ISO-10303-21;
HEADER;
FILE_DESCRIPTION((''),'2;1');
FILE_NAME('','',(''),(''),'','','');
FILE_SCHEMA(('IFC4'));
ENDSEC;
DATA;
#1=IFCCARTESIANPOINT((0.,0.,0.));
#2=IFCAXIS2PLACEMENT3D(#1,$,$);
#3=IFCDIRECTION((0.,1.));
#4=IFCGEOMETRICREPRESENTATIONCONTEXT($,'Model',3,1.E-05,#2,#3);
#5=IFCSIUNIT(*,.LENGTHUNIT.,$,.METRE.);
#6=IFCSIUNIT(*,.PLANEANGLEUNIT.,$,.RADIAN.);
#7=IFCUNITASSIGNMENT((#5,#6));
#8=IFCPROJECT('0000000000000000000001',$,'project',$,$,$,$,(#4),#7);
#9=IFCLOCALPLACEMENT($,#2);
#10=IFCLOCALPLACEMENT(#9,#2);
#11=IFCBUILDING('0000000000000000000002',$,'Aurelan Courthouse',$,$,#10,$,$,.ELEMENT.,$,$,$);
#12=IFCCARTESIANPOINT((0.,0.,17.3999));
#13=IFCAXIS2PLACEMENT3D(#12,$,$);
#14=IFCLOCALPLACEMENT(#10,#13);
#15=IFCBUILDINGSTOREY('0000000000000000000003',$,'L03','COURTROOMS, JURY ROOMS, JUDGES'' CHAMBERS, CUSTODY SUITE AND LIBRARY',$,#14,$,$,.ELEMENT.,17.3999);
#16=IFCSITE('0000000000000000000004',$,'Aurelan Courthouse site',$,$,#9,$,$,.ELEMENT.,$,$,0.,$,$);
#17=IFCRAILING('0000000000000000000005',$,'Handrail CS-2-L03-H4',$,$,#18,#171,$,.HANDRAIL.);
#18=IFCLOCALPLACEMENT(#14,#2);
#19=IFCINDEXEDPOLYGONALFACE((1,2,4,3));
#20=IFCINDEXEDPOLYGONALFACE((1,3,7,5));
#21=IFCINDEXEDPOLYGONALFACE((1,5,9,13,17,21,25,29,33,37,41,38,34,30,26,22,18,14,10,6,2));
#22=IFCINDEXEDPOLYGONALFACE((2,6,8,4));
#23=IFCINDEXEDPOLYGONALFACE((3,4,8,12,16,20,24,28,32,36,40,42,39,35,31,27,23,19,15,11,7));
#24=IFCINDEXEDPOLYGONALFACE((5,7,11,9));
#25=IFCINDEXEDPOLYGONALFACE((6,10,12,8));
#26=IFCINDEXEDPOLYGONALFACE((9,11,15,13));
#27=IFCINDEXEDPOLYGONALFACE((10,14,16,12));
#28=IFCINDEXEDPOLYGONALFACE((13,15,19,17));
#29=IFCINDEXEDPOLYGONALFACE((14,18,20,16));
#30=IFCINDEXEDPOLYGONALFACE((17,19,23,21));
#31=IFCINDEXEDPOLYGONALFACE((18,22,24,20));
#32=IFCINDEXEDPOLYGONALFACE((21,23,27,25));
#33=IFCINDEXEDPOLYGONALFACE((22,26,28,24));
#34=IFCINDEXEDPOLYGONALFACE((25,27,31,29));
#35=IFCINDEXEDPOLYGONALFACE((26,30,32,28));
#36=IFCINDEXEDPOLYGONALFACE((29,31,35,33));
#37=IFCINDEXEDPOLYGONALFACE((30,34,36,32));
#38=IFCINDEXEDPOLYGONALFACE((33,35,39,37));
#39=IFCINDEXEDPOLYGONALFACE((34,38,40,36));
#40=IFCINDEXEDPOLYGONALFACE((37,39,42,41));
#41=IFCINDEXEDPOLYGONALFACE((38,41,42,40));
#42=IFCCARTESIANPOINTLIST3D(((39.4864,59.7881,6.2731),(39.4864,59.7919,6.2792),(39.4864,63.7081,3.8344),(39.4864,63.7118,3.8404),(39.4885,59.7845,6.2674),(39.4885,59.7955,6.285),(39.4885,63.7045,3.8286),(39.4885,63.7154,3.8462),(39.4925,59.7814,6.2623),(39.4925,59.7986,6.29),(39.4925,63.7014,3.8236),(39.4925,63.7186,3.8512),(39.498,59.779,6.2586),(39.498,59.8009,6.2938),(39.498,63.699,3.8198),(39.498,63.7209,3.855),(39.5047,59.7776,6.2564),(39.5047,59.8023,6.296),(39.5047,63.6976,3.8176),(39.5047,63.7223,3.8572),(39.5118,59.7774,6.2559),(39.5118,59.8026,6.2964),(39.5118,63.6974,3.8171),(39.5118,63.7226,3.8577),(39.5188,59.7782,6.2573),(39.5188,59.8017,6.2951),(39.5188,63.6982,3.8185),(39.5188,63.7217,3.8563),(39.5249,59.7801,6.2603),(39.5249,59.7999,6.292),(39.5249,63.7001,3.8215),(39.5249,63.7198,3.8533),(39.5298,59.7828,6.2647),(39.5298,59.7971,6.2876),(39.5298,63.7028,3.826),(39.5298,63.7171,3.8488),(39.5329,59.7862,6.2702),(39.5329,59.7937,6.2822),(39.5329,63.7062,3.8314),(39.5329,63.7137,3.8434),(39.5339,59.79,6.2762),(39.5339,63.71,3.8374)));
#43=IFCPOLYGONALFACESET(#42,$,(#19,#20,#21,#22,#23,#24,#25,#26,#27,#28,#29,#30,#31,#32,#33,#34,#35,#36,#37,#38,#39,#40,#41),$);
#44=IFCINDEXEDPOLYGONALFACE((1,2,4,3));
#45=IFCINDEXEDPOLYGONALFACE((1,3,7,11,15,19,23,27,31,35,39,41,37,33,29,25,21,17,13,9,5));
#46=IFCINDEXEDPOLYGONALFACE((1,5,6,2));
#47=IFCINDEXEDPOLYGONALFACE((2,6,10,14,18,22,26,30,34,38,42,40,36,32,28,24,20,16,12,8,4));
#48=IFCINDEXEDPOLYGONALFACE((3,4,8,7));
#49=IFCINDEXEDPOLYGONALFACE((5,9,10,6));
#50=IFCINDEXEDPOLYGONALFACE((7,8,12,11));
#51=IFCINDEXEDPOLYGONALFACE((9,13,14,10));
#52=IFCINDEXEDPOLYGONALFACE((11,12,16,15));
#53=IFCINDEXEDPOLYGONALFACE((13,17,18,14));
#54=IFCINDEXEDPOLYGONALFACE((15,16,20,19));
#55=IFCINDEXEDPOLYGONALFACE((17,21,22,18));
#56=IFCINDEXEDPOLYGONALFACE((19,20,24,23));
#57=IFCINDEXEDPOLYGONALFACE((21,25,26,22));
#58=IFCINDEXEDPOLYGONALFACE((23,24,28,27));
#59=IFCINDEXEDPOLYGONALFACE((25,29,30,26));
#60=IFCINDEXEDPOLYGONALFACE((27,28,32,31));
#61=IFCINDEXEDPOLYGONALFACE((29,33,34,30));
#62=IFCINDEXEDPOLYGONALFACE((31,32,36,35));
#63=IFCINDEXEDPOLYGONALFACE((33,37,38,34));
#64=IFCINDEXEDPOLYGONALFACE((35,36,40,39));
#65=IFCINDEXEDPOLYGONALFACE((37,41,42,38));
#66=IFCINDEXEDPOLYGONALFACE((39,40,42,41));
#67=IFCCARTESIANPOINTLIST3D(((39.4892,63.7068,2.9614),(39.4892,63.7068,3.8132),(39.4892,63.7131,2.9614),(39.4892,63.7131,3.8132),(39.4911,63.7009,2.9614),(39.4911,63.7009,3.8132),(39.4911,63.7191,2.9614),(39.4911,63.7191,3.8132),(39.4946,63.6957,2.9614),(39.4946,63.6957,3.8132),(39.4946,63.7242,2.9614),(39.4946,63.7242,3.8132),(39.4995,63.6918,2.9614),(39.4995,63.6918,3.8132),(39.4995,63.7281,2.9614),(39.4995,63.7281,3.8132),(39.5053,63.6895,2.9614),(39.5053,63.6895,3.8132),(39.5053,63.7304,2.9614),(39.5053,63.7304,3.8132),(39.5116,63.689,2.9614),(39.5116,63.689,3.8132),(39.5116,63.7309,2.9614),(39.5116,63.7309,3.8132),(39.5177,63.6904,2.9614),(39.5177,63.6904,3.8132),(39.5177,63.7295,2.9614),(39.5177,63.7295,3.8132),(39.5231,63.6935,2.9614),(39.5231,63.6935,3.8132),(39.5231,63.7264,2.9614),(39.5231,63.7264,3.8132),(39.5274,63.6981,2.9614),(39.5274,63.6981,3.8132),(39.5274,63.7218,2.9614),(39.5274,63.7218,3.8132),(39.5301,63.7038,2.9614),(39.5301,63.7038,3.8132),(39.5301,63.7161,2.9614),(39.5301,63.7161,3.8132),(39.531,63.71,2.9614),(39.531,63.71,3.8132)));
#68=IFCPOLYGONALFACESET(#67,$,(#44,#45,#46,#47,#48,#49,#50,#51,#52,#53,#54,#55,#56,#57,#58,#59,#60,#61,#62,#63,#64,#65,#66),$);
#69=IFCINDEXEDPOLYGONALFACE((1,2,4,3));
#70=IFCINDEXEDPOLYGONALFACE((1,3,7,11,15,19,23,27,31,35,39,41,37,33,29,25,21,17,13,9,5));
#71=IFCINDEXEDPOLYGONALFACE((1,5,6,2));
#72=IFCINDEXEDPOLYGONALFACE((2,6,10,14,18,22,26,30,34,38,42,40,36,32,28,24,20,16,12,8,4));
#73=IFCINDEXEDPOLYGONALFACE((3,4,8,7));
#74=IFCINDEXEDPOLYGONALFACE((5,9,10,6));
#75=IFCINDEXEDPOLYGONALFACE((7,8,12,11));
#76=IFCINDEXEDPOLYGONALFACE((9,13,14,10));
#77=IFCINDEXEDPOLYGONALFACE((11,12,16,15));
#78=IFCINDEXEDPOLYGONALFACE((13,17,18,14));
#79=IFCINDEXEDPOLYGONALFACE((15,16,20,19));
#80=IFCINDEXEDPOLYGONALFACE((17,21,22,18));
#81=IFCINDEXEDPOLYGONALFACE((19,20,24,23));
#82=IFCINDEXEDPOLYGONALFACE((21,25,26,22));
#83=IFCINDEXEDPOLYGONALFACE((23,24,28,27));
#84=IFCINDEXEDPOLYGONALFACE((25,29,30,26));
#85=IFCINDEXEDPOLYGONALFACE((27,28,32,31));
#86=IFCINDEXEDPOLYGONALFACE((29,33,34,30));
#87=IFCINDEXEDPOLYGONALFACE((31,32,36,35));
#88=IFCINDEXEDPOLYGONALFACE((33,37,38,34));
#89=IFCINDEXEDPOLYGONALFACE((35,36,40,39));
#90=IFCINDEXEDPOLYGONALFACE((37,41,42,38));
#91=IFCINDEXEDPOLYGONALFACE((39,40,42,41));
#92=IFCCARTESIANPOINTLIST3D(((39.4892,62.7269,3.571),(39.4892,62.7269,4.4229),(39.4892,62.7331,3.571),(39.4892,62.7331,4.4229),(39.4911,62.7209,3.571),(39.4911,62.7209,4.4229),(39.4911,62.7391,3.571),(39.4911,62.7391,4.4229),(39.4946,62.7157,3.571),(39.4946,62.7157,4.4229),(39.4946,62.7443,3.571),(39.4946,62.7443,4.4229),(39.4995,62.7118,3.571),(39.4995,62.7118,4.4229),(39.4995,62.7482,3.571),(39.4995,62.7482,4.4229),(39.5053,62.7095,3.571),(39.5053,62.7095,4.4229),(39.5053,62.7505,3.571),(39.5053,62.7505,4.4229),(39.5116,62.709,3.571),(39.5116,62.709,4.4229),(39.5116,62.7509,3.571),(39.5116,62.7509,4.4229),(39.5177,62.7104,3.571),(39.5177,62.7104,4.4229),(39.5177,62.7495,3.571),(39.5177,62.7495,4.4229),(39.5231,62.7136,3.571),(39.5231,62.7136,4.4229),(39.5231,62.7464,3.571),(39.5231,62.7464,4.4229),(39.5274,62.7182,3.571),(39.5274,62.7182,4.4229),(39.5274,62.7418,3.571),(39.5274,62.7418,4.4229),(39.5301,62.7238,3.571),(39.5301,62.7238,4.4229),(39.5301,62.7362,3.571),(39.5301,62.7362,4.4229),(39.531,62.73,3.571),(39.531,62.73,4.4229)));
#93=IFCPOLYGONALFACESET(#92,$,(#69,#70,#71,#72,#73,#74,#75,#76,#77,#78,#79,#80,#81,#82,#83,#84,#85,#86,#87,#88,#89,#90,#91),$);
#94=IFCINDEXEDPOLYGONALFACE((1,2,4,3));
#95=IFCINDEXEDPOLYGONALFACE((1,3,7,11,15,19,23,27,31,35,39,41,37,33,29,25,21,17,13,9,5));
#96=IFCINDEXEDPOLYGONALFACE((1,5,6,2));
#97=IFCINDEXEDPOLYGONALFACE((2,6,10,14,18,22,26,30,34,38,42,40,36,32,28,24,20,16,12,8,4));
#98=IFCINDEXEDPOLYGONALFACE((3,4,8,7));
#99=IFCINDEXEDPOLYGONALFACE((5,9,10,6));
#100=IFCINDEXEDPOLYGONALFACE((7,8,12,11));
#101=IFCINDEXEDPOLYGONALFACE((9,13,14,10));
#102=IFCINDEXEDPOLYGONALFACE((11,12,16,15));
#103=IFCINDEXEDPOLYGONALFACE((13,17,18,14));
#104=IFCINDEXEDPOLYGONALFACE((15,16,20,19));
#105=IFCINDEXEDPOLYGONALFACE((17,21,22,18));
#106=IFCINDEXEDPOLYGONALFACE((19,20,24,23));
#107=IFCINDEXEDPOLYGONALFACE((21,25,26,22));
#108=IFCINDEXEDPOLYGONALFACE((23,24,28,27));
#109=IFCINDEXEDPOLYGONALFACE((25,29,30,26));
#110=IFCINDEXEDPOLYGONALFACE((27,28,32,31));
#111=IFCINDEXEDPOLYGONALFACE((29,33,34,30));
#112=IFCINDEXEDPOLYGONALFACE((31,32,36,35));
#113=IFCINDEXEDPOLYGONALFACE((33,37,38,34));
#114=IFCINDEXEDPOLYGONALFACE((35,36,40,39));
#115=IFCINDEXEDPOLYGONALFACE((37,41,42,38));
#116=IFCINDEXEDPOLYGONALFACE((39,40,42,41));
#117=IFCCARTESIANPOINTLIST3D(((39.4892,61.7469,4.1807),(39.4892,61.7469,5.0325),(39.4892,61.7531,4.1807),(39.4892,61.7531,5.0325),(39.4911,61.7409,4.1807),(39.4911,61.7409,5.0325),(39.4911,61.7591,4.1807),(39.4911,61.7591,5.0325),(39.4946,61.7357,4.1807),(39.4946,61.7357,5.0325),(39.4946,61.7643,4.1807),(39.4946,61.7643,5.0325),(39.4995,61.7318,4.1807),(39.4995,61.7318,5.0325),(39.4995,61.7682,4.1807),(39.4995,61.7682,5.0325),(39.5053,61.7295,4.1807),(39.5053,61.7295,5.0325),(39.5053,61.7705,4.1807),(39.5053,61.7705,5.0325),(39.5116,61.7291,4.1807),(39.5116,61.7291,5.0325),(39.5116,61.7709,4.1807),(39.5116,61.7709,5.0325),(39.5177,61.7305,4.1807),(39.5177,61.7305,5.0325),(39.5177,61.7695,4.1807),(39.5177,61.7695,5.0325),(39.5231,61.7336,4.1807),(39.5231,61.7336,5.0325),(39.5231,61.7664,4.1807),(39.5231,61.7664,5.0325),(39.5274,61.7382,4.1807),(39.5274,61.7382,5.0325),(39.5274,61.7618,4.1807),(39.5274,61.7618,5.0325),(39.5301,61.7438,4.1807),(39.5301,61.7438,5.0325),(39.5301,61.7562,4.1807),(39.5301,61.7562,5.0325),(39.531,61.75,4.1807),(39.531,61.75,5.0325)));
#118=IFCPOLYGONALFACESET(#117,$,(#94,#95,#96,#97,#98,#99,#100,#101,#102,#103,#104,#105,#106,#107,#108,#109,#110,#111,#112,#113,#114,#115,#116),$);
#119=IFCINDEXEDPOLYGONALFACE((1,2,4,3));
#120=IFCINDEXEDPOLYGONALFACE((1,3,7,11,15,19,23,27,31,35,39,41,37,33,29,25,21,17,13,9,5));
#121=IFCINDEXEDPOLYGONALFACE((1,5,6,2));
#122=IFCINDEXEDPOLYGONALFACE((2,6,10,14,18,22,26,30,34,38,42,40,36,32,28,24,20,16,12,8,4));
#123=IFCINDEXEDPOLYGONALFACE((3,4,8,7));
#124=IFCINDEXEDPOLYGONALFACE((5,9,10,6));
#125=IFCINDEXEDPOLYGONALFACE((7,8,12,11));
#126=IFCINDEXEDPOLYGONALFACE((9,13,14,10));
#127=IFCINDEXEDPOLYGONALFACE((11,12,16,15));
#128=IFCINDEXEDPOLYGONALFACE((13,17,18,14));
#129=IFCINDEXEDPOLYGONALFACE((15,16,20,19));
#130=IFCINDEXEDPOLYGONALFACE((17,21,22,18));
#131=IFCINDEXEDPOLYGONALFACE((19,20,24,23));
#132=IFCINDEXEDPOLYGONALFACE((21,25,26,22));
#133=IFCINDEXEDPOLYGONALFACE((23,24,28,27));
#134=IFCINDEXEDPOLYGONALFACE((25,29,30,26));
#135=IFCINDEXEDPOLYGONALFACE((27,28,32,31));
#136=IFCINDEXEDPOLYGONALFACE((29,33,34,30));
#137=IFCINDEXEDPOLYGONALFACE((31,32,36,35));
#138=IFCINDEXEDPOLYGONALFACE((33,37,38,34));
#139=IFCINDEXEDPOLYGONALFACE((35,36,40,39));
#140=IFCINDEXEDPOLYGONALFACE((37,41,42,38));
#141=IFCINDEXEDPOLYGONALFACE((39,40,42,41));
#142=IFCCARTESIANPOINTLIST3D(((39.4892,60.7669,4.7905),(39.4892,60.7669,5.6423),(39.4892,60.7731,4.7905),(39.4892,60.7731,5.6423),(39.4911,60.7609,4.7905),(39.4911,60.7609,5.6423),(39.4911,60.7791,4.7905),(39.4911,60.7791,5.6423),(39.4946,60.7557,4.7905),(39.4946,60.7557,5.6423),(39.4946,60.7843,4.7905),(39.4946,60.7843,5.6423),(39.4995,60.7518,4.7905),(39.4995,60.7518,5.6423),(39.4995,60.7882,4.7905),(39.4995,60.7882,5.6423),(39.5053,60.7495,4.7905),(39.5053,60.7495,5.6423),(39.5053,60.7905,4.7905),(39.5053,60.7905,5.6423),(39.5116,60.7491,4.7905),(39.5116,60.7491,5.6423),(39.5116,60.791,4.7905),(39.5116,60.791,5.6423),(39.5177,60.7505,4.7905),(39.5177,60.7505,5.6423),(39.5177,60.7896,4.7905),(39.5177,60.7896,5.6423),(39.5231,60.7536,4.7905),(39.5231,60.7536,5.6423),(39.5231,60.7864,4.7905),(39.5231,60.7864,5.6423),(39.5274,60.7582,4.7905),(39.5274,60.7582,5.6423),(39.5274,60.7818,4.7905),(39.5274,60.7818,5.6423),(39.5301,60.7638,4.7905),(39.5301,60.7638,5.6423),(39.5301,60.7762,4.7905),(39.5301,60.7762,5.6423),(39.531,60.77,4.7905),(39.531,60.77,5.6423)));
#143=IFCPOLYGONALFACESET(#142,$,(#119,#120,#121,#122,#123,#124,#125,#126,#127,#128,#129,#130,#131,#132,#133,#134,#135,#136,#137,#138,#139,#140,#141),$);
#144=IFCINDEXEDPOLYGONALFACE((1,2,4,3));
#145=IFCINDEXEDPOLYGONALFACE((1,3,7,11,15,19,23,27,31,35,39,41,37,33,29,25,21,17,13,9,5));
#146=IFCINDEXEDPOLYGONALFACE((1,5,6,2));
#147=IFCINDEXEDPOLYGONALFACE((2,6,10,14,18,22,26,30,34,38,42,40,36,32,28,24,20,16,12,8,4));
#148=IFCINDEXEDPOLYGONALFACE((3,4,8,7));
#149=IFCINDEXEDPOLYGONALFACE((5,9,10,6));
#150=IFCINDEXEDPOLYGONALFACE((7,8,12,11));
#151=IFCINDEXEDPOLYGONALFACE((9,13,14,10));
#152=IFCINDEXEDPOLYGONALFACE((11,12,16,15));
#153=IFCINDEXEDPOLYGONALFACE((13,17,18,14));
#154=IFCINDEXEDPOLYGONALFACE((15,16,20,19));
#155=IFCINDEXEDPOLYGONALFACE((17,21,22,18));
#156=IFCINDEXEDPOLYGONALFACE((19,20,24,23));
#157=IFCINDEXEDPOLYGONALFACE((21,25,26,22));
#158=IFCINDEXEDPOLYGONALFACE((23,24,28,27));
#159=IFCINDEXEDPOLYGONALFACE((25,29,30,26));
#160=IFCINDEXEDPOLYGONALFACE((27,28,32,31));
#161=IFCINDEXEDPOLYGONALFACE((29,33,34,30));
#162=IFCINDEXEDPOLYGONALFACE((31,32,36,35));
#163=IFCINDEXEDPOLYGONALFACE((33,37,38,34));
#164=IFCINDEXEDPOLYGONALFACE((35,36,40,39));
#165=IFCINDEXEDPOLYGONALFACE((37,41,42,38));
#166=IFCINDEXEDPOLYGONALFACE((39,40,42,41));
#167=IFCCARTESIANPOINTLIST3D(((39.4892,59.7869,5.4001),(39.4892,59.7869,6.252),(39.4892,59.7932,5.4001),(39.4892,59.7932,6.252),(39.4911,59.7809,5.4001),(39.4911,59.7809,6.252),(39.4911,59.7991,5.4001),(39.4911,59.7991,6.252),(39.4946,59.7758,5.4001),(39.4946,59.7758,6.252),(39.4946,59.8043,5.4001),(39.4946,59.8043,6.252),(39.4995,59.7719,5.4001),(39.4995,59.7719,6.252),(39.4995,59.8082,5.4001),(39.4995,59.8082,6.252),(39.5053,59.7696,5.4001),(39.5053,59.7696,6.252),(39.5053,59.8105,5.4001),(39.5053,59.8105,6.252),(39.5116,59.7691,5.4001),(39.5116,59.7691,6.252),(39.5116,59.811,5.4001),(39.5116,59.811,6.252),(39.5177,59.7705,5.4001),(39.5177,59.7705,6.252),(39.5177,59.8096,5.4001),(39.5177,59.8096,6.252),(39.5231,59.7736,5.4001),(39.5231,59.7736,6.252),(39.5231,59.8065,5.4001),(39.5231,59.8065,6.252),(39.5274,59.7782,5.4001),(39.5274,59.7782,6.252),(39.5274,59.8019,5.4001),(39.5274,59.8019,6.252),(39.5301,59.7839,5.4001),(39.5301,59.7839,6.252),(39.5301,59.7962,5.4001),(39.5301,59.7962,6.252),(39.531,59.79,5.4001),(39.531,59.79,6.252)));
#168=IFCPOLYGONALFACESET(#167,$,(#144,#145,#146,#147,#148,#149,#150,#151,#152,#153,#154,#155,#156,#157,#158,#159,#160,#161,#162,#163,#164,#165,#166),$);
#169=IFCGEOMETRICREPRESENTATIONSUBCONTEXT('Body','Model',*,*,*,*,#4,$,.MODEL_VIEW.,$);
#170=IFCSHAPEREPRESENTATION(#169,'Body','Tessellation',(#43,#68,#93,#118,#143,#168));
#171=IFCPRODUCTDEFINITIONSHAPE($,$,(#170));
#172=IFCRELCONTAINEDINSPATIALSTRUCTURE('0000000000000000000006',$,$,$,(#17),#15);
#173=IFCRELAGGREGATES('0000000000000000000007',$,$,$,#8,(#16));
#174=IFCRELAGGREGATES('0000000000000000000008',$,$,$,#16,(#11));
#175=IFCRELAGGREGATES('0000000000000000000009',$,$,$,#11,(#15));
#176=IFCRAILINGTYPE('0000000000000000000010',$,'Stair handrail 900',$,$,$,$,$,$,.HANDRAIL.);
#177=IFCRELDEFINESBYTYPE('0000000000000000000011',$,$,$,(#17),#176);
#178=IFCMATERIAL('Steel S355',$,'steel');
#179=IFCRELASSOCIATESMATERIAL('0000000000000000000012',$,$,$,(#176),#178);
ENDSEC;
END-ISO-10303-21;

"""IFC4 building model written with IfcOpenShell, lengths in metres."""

from ifc_helpers import new_model, si_unit, direction, frame, origin, origin_2d, place, context, subcontext, project, spatial, circle, extrude, material, type_object, element, save


model = new_model("IFC4")

# Units and contexts
model_context = context("Model", 3, precision=1e-05, world=origin(), true_north=direction((0.0, 1.0)))
body_context = subcontext(model_context, "Body", "Model", "MODEL_VIEW")
ifc_project = project(units=[si_unit("LENGTHUNIT", "METRE"), si_unit("PLANEANGLEUNIT", "RADIAN")], contexts=[model_context])

# Site, building, storey
site_placement = place(None, origin())
site = spatial("IfcSite", under=ifc_project, at=site_placement, Name="Aurelan Courthouse site", CompositionType="ELEMENT", RefElevation=0.0)
building_placement = place(site_placement, origin())
building = spatial("IfcBuilding", under=site, at=building_placement, Name="Aurelan Courthouse", CompositionType="ELEMENT")
storey_placement = place(building_placement, frame((0.0, 0.0, 17.3999)))
storey = spatial("IfcBuildingStorey", under=building, at=storey_placement, Name="L03", Description="COURTROOMS, JURY ROOMS, JUDGES' CHAMBERS, CUSTODY SUITE AND LIBRARY", CompositionType="ELEMENT", Elevation=17.3999)

# Railing
ifc_material_1 = material(Name="Steel S355", Category="steel")
railing_type_1 = type_object("IfcRailingType", Name="Stair handrail 900", PredefinedType="HANDRAIL", material=ifc_material_1)
for number, where, name in (
    (1, (39.51, 63.71, 2.9614), "Handrail CS-2-L03-H4"),
):
    element("IfcRailing", number, at=place(storey_placement, frame(where)), inside=storey, type_object=railing_type_1, Name=name, PredefinedType="HANDRAIL", context=body_context, shape_type="SweptSolid", body=[
        extrude(circle(Radius=0.0239, at=origin_2d()), frame((0.0, 0.0, 0.876), z_axis=(0.0, -0.84909, 0.528249), x_axis=(1.0, 0.0, 0.0)), (0.0, 0.0, 1.0), 4.6167),
        extrude(circle(Radius=0.021, at=origin_2d()), origin(), (0.0, 0.0, 1.0), 0.8518),
        extrude(circle(Radius=0.021, at=origin_2d()), frame((0.0, -0.98, 0.6096)), (0.0, 0.0, 1.0), 0.8518),
        extrude(circle(Radius=0.021, at=origin_2d()), frame((0.0, -1.96, 1.2192)), (0.0, 0.0, 1.0), 0.8518),
        extrude(circle(Radius=0.021, at=origin_2d()), frame((0.0, -2.9399, 1.8291)), (0.0, 0.0, 1.0), 0.8518),
        extrude(circle(Radius=0.021, at=origin_2d()), frame((0.0, -3.9199, 2.4387)), (0.0, 0.0, 1.0), 0.8518),
    ])

save(model, "model.ifc")
